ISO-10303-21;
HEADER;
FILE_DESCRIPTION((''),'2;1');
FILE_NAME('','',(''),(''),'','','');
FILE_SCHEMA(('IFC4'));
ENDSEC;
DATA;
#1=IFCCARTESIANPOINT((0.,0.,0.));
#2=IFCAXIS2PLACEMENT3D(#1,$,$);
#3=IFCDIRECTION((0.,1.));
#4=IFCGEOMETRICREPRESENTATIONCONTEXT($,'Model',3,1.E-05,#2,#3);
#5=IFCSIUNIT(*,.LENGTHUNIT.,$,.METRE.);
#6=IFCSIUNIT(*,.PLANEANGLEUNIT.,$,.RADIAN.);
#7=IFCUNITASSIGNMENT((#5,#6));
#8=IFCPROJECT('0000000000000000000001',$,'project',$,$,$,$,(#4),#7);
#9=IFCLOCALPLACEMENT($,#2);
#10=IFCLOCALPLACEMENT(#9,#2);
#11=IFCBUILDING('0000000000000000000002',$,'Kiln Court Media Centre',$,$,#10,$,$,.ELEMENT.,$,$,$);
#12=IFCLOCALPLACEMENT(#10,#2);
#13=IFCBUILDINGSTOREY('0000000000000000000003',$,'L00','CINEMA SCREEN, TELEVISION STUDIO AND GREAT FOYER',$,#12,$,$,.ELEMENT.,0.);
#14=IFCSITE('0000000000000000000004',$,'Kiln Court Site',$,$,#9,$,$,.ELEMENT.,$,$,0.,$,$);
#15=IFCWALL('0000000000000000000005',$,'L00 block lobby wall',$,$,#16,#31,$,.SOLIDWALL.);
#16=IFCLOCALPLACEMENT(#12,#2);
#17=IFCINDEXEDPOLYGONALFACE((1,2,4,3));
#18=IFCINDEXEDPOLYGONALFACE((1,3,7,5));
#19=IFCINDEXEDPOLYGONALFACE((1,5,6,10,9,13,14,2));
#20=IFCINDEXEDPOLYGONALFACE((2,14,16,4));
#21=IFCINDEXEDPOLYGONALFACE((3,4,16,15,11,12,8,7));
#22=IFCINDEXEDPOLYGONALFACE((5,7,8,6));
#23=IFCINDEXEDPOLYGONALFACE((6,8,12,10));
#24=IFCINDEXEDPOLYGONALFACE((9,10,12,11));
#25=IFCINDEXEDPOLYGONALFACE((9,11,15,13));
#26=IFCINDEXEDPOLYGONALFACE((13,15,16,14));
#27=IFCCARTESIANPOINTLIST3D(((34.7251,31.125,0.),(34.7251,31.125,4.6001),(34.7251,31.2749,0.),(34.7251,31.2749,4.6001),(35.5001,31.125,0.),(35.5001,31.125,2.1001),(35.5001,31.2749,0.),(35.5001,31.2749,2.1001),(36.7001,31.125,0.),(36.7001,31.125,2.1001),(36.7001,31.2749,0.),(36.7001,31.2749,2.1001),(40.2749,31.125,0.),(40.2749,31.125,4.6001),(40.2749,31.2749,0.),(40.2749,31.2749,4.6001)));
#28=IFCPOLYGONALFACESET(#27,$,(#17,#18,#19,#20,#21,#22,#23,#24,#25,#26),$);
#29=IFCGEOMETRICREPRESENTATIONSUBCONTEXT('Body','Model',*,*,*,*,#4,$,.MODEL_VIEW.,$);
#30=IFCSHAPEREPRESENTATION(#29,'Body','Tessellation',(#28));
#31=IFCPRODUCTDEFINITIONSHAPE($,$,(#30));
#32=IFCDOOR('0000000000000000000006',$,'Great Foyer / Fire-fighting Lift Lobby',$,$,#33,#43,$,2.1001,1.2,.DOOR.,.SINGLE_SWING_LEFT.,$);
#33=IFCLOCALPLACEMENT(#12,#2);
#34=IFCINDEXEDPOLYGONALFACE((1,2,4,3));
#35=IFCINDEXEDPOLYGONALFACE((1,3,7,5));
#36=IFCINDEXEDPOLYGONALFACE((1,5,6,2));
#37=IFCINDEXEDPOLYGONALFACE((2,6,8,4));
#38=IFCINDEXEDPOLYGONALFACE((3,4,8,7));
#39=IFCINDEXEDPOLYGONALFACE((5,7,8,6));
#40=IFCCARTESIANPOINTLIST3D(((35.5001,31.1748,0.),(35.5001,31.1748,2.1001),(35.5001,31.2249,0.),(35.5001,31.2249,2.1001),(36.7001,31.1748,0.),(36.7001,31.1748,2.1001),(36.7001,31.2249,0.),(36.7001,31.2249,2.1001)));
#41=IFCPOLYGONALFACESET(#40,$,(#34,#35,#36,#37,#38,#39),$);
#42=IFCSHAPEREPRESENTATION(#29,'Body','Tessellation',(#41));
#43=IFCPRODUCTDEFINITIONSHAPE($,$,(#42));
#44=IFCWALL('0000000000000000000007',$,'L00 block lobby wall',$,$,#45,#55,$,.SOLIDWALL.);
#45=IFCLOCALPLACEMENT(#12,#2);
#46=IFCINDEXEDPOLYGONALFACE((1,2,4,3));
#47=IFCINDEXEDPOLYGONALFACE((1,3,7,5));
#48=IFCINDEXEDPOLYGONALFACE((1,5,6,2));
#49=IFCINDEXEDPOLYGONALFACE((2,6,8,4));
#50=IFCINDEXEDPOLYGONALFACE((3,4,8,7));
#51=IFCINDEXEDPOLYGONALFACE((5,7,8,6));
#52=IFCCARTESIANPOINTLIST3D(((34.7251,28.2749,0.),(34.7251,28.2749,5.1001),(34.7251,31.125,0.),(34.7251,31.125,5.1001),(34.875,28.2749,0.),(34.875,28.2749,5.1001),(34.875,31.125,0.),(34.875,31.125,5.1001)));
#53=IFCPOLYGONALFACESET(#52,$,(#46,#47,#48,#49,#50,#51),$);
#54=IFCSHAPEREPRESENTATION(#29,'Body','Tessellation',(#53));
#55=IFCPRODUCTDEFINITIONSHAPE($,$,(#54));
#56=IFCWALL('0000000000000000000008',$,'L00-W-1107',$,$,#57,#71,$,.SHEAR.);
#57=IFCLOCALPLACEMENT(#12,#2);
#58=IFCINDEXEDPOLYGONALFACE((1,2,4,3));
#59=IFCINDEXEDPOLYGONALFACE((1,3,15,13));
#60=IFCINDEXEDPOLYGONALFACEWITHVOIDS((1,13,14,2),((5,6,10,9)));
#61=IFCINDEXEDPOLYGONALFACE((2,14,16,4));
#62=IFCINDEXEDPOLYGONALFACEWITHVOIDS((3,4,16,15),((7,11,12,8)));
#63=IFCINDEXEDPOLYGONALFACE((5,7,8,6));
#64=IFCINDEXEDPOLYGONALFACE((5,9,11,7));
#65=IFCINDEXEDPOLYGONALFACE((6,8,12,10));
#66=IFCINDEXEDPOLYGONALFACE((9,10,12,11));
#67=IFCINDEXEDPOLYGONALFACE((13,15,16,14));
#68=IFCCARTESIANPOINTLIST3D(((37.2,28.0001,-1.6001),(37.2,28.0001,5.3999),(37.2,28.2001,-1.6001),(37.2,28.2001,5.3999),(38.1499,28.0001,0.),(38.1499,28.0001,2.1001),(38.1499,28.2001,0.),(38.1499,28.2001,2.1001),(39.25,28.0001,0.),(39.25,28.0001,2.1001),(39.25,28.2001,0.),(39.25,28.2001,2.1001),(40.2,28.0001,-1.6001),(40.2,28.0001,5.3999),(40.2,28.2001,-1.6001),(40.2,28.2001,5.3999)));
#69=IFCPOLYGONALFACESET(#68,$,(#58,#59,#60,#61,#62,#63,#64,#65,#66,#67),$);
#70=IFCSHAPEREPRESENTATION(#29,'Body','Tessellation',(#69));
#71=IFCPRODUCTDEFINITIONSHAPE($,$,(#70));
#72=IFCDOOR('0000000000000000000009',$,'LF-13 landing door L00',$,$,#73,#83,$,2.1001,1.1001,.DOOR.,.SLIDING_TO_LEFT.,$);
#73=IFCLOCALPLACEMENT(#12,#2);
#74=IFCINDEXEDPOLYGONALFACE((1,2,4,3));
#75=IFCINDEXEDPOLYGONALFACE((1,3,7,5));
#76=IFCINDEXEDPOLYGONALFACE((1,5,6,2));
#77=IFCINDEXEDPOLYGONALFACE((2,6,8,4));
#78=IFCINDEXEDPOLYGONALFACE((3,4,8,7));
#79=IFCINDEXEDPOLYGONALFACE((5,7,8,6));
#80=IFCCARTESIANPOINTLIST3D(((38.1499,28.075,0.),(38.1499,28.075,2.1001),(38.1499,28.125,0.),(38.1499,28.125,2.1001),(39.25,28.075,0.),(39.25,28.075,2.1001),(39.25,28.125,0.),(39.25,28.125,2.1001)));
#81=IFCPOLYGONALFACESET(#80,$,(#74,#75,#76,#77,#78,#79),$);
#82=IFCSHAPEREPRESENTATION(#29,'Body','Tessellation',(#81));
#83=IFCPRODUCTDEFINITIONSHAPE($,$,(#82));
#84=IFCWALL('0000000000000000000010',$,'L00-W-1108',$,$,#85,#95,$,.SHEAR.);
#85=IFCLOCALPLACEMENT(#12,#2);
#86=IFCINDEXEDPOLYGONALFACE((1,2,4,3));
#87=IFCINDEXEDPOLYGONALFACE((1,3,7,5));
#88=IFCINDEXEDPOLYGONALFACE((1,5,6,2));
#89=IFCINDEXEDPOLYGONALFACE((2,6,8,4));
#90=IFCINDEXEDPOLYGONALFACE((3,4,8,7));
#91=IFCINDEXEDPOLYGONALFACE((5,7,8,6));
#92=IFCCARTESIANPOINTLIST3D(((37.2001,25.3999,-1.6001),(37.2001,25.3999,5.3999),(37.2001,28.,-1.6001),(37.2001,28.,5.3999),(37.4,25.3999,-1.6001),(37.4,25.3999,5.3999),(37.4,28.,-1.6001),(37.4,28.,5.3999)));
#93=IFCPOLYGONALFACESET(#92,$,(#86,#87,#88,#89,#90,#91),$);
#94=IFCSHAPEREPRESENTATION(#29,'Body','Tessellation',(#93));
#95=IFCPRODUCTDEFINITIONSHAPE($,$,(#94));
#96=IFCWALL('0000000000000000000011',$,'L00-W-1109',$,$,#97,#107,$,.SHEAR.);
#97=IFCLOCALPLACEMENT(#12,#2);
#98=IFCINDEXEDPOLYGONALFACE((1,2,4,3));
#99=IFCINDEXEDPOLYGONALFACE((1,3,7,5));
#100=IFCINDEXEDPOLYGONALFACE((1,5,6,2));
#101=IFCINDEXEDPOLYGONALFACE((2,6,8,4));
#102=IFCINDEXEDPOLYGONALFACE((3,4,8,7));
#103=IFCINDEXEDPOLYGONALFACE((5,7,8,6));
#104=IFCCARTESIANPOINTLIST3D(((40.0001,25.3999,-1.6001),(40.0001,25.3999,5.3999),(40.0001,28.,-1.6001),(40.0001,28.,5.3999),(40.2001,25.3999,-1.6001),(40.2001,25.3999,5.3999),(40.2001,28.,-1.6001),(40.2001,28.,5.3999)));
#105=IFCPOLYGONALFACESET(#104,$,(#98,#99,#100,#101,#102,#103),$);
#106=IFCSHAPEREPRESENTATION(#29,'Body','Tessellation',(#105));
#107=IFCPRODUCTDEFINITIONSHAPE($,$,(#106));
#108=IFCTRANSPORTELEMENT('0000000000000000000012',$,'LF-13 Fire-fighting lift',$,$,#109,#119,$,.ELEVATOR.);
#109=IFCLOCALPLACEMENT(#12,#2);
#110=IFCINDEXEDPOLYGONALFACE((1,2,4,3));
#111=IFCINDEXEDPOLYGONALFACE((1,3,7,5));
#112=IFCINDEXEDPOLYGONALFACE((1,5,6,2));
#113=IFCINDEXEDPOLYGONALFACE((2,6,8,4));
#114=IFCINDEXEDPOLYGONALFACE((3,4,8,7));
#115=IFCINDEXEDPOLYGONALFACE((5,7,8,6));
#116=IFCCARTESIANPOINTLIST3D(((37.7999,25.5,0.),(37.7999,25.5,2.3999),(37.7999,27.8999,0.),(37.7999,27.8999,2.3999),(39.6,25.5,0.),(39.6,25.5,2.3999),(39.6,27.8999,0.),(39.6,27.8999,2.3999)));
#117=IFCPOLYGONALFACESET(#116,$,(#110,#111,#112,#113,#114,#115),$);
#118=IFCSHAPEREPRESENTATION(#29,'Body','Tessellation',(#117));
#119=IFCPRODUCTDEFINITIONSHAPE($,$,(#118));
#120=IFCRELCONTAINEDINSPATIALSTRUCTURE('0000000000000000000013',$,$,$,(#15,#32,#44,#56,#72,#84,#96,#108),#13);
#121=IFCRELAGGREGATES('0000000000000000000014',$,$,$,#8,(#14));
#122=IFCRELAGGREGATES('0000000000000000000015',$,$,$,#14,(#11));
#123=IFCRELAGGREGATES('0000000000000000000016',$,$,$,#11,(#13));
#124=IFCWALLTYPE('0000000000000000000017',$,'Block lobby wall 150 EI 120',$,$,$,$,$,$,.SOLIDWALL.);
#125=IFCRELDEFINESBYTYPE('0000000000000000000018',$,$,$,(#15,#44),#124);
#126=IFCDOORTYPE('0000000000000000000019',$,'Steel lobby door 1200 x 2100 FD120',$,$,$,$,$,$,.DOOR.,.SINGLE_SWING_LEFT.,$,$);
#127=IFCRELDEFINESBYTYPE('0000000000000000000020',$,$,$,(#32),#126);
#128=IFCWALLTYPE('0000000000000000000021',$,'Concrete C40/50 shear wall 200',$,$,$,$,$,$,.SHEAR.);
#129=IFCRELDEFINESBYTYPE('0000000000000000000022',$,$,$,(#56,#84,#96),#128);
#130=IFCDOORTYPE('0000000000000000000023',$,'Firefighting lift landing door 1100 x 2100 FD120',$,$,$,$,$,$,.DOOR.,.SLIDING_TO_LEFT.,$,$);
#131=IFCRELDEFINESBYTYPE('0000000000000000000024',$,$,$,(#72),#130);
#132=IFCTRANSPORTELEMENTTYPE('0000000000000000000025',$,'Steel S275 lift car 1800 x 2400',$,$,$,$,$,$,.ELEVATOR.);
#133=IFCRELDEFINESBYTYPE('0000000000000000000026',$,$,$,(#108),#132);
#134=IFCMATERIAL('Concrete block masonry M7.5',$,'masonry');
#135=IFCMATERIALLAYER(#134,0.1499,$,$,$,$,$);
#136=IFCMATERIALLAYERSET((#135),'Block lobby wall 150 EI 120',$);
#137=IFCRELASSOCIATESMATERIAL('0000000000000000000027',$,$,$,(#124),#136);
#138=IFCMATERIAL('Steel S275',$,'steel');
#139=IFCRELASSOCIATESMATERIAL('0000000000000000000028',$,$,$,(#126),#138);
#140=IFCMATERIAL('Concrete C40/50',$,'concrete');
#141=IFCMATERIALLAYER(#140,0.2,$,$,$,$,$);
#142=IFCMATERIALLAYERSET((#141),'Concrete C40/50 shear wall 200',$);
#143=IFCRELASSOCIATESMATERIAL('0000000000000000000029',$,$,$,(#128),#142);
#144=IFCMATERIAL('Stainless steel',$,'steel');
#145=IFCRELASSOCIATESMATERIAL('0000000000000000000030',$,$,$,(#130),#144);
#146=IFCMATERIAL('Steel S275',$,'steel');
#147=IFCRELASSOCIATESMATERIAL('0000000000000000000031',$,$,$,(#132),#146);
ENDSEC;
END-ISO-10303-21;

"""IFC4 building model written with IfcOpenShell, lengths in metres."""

from ifc_helpers import new_model, si_unit, direction, frame, frame_2d, origin, origin_2d, place, context, subcontext, project, spatial, rectangle, extrude, material, layer, layer_set, type_object, element, fill, save


model = new_model("IFC4")

# Units and contexts
model_context = context("Model", 3, precision=1e-05, world=origin(), true_north=direction((0.0, 1.0)))
body_context = subcontext(model_context, "Body", "Model", "MODEL_VIEW")
ifc_project = project(units=[si_unit("LENGTHUNIT", "METRE"), si_unit("PLANEANGLEUNIT", "RADIAN")], contexts=[model_context])

# Site, building, storey
site_placement = place(None, origin())
site = spatial("IfcSite", under=ifc_project, at=site_placement, Name="Kiln Court Site", CompositionType="ELEMENT", RefElevation=0.0)
building_placement = place(site_placement, origin())
building = spatial("IfcBuilding", under=site, at=building_placement, Name="Kiln Court Media Centre", CompositionType="ELEMENT")
storey_placement = place(building_placement, origin())
storey = spatial("IfcBuildingStorey", under=building, at=storey_placement, Name="L00", Description="CINEMA SCREEN, TELEVISION STUDIO AND GREAT FOYER", CompositionType="ELEMENT", Elevation=0.0)

# Shared definitions
ifc_material_1 = material(Name="Concrete block masonry M7.5", Category="masonry")
ifc_layer_1 = layer(ifc_material_1, 0.1499)
ifc_layer_set_1 = layer_set([ifc_layer_1], Name="Block lobby wall 150 EI 120")
wall_type_1 = type_object("IfcWallType", Name="Block lobby wall 150 EI 120", PredefinedType="SOLIDWALL", material=ifc_layer_set_1)

# Wall, opening, door
wall_1_placement = place(storey_placement, frame((34.7251, 31.2, 0.0), z_axis=(0.0, 0.0, 1.0), x_axis=(1.0, 0.0, 0.0)))
wall_1 = element("IfcWall", 1, at=wall_1_placement, inside=storey, type_object=wall_type_1, Name="L00 block lobby wall", PredefinedType="SOLIDWALL", context=body_context, shape_type="SweptSolid", body=[
    extrude(rectangle(XDim=5.5498, YDim=0.1499, at=frame_2d((2.7749, 0.0))), origin(), (0.0, 0.0, 1.0), 4.6001),
])
opening_1_placement = place(wall_1_placement, frame((0.7749, 0.0, 0.0)))
opening_1 = element("IfcOpeningElement", 2, at=opening_1_placement, cuts=wall_1, PredefinedType="OPENING", context=body_context, shape_type="SweptSolid", body=[
    extrude(rectangle(XDim=1.2, YDim=2.1001, at=frame_2d((0.6001, 1.05))), frame((0.0, 0.085, 0.0), z_axis=(0.0, -1.0, 0.0), x_axis=(1.0, 0.0, 0.0)), (0.0, 0.0, 1.0), 0.1699),
])
ifc_material_2 = material(Name="Steel S275", Category="steel")
door_type_1 = type_object("IfcDoorType", Name="Steel lobby door 1200 x 2100 FD120", OperationType="SINGLE_SWING_LEFT", PredefinedType="DOOR", material=ifc_material_2)
door_1_placement = place(opening_1_placement, origin())
door_1 = element("IfcDoor", 3, at=door_1_placement, inside=storey, type_object=door_type_1, Name="Great Foyer / Fire-fighting Lift Lobby", OperationType="SINGLE_SWING_LEFT", OverallHeight=2.1001, OverallWidth=1.2, PredefinedType="DOOR", context=body_context, shape_type="SweptSolid", body=[
    extrude(rectangle(XDim=1.2, YDim=2.1001, at=frame_2d((0.6001, 1.05))), frame((0.0, 0.0249, 0.0), z_axis=(0.0, -1.0, 0.0), x_axis=(1.0, 0.0, 0.0)), (0.0, 0.0, 1.0), 0.05),
])
fill(opening_1, door_1)

# Wall
wall_2_placement = place(storey_placement, frame((34.8, 28.2749, 0.0), z_axis=(0.0, 0.0, 1.0), x_axis=(0.0, 1.0, 0.0)))
element("IfcWall", 4, at=wall_2_placement, inside=storey, type_object=wall_type_1, Name="L00 block lobby wall", PredefinedType="SOLIDWALL", context=body_context, shape_type="SweptSolid", body=[
    extrude(rectangle(XDim=2.8501, YDim=0.1499, at=frame_2d((1.425, 0.0))), origin(), (0.0, 0.0, 1.0), 5.1001),
])

# Wall, opening, door
ifc_material_3 = material(Name="Concrete C40/50", Category="concrete")
ifc_layer_2 = layer(ifc_material_3, 0.2)
ifc_layer_set_2 = layer_set([ifc_layer_2], Name="Concrete C40/50 shear wall 200")
wall_type_2 = type_object("IfcWallType", Name="Concrete C40/50 shear wall 200", PredefinedType="SHEAR", material=ifc_layer_set_2)
wall_3_placement = place(storey_placement, frame((37.2, 28.1001, -1.6001), z_axis=(0.0, 0.0, 1.0), x_axis=(1.0, 0.0, 0.0)))
wall_3 = element("IfcWall", 5, at=wall_3_placement, inside=storey, type_object=wall_type_2, Name="L00-W-1107", PredefinedType="SHEAR", context=body_context, shape_type="SweptSolid", body=[
    extrude(rectangle(XDim=3.0, YDim=0.2, at=frame_2d((1.5, 0.0))), origin(), (0.0, 0.0, 1.0), 7.0),
])
opening_2_placement = place(wall_3_placement, frame((0.95, 0.0, 1.6001)))
opening_2 = element("IfcOpeningElement", 6, at=opening_2_placement, cuts=wall_3, PredefinedType="OPENING", context=body_context, shape_type="SweptSolid", body=[
    extrude(rectangle(XDim=1.1001, YDim=2.1001, at=frame_2d((0.55, 1.05))), frame((0.0, 0.1099, 0.0), z_axis=(0.0, -1.0, 0.0), x_axis=(1.0, 0.0, 0.0)), (0.0, 0.0, 1.0), 0.22),
])
ifc_material_4 = material(Name="Stainless steel", Category="steel")
door_type_2 = type_object("IfcDoorType", Name="Firefighting lift landing door 1100 x 2100 FD120", OperationType="SLIDING_TO_LEFT", PredefinedType="DOOR", material=ifc_material_4)
door_2_placement = place(opening_2_placement, origin())
door_2 = element("IfcDoor", 7, at=door_2_placement, inside=storey, type_object=door_type_2, Name="LF-13 landing door L00", OperationType="SLIDING_TO_LEFT", OverallHeight=2.1001, OverallWidth=1.1001, PredefinedType="DOOR", context=body_context, shape_type="SweptSolid", body=[
    extrude(rectangle(XDim=1.1001, YDim=2.1001, at=frame_2d((0.55, 1.05))), frame((0.0, 0.0249, 0.0), z_axis=(0.0, -1.0, 0.0), x_axis=(1.0, 0.0, 0.0)), (0.0, 0.0, 1.0), 0.05),
])
fill(opening_2, door_2)

# Walls
for number, where, z_axis, x_axis, name in (
    (8, (37.3, 25.3999, -1.6001), (0.0, 0.0, 1.0), (0.0, 1.0, 0.0), "L00-W-1108"),
    (9, (40.1001, 28.0, -1.6001), (0.0, 0.0, 1.0), (0.0, -1.0, 0.0), "L00-W-1109"),
):
    element("IfcWall", number, at=place(storey_placement, frame(where, z_axis=z_axis, x_axis=x_axis)), inside=storey, type_object=wall_type_2, Name=name, PredefinedType="SHEAR", context=body_context, shape_type="SweptSolid", body=[
        extrude(rectangle(XDim=2.6001, YDim=0.2, at=frame_2d((1.3, 0.0))), origin(), (0.0, 0.0, 1.0), 7.0),
    ])

# Transport element
ifc_material_5 = material(Name="Steel S275", Category="steel")
transport_element_type = type_object("IfcTransportElementType", Name="Steel S275 lift car 1800 x 2400", PredefinedType="ELEVATOR", material=ifc_material_5)
transport_element_placement = place(storey_placement, frame((38.7, 26.7, 0.0), z_axis=(0.0, 0.0, 1.0), x_axis=(1.0, 0.0, 0.0)))
element("IfcTransportElement", 10, at=transport_element_placement, inside=storey, type_object=transport_element_type, Name="LF-13 Fire-fighting lift", PredefinedType="ELEVATOR", context=body_context, shape_type="SweptSolid", body=[
    extrude(rectangle(XDim=1.8, YDim=2.3999, at=origin_2d()), origin(), (0.0, 0.0, 1.0), 2.3999),
])

save(model, "model.ifc")
